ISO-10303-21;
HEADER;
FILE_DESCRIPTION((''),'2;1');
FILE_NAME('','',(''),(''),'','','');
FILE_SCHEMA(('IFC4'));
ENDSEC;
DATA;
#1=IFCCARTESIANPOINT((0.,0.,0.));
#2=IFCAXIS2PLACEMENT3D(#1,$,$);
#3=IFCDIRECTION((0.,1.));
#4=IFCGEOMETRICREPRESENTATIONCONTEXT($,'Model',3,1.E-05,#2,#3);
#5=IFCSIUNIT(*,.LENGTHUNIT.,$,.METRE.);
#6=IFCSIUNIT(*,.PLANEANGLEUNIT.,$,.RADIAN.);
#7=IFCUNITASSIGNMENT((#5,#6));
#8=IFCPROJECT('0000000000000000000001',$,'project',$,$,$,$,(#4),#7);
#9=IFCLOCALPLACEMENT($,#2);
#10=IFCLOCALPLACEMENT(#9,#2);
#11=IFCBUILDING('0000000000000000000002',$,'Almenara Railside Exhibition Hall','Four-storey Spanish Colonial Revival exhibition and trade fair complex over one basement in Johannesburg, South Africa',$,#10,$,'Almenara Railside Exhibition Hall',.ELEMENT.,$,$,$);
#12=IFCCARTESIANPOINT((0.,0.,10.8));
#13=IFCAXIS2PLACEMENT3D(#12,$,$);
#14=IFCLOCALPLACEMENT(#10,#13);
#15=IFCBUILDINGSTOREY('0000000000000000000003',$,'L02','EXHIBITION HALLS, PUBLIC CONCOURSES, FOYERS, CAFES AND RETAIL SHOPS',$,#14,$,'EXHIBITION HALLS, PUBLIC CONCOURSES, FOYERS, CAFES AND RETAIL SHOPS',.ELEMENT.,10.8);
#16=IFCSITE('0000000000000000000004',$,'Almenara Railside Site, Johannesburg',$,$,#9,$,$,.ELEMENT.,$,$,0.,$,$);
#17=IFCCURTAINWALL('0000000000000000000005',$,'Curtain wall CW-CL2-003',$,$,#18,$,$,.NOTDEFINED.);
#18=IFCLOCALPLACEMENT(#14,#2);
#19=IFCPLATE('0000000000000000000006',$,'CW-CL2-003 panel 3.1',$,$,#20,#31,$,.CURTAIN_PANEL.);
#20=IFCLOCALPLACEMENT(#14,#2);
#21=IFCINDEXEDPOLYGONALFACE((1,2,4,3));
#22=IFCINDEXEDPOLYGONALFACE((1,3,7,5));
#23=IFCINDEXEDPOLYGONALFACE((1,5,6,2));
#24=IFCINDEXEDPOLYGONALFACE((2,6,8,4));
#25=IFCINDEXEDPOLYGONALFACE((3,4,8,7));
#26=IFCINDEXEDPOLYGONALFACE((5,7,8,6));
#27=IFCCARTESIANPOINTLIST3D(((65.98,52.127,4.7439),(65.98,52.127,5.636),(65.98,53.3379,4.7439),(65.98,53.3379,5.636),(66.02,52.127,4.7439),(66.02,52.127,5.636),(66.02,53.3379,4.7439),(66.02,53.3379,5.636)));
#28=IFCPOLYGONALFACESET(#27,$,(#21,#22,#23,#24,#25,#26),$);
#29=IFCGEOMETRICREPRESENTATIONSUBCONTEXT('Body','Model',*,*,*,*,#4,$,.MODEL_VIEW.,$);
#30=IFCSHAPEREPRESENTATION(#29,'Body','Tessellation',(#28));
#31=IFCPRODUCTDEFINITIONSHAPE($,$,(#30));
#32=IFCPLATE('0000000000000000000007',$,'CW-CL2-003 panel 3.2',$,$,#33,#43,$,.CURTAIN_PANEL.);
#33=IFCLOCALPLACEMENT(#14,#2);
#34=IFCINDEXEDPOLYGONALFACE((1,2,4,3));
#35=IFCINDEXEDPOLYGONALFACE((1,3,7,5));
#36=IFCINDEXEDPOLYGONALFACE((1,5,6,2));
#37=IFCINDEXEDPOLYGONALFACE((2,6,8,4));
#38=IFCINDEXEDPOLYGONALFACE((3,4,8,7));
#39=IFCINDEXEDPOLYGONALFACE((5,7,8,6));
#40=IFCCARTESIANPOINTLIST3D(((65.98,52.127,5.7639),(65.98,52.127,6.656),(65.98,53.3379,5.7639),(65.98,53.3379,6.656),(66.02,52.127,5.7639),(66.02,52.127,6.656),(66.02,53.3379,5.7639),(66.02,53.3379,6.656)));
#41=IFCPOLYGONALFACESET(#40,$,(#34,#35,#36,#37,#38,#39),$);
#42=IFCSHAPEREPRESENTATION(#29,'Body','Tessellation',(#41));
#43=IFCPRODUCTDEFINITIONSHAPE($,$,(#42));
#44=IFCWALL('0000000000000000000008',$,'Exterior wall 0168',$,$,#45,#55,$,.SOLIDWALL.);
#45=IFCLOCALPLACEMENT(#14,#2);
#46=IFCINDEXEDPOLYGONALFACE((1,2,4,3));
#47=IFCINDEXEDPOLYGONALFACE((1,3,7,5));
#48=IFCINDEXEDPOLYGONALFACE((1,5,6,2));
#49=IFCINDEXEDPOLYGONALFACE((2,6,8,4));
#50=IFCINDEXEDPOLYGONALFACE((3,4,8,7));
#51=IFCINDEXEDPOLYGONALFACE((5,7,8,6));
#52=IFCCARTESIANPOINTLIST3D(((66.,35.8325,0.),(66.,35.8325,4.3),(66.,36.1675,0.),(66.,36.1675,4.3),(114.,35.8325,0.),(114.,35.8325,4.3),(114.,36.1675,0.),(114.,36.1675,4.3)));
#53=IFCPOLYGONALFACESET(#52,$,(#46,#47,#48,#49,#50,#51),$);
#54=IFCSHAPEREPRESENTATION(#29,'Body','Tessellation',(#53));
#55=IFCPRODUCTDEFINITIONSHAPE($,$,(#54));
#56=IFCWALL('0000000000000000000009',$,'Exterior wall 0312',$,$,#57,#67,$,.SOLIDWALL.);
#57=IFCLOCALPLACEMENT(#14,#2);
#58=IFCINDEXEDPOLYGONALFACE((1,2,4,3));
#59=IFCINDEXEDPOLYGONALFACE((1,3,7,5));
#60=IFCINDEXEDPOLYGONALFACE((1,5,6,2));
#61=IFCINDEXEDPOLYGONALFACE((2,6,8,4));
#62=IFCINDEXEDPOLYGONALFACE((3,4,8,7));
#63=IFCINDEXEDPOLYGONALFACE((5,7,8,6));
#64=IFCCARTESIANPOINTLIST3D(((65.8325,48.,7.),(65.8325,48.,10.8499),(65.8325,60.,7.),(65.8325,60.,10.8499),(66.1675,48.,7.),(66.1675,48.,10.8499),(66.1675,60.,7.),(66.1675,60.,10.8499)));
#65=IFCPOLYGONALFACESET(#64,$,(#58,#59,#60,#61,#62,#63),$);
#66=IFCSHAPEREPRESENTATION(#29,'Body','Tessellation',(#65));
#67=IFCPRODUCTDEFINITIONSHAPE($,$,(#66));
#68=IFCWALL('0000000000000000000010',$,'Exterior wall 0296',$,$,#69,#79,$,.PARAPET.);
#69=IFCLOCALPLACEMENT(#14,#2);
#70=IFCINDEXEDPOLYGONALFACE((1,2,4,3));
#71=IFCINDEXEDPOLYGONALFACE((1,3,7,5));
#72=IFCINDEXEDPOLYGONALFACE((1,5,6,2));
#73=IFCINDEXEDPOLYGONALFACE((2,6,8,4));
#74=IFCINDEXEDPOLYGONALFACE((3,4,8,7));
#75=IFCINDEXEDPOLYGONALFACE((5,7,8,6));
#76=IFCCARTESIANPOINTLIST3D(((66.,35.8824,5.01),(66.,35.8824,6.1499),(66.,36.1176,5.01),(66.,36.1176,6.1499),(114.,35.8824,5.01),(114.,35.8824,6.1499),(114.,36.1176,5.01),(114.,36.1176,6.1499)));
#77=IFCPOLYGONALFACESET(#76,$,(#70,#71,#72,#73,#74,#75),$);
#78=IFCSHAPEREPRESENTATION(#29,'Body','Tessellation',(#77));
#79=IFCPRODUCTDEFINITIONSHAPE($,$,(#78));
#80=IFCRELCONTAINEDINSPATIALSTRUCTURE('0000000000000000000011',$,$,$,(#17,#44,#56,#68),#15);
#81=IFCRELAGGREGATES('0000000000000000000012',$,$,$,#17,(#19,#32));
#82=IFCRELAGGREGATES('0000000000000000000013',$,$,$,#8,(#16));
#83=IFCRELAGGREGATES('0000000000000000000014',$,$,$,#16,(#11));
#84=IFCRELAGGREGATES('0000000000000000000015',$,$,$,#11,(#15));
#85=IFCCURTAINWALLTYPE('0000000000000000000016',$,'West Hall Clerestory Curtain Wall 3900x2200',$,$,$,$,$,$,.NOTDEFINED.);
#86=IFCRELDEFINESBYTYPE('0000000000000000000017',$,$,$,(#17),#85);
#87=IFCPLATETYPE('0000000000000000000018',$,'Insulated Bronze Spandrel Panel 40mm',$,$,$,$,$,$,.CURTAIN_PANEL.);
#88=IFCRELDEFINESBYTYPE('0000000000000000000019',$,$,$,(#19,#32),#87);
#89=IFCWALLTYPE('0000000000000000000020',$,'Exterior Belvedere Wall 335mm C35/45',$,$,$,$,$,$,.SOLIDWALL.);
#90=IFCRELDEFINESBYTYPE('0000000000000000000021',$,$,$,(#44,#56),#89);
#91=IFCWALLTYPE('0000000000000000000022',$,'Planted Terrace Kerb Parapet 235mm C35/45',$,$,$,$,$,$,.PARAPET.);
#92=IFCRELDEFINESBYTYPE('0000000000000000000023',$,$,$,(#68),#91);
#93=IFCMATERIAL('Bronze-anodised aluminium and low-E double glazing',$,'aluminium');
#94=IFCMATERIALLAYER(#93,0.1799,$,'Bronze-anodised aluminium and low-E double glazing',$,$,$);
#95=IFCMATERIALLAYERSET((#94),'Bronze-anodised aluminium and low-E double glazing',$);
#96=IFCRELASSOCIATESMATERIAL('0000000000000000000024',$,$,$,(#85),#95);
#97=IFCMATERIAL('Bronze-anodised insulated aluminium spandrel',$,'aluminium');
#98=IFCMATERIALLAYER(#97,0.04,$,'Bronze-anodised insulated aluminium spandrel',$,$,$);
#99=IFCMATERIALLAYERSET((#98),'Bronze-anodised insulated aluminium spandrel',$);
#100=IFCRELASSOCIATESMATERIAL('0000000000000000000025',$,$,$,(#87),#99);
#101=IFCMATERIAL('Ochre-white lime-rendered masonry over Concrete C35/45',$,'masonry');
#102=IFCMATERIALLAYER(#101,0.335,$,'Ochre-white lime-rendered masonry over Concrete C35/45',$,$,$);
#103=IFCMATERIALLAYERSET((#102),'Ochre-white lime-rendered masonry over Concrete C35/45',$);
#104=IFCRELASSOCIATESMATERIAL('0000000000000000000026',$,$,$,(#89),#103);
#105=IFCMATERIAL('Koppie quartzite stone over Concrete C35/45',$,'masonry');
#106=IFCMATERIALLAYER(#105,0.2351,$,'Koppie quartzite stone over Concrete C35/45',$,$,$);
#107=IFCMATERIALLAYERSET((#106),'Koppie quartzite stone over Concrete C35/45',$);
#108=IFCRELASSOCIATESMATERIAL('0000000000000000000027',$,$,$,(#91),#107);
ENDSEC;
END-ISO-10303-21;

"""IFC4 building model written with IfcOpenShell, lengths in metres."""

from ifc_helpers import new_model, si_unit, direction, frame, frame_2d, origin, origin_2d, place, context, subcontext, project, spatial, rectangle, extrude, material, layer, layer_set, type_object, element, aggregate, save


model = new_model("IFC4")

# Units and contexts
model_context = context("Model", 3, precision=1e-05, world=origin(), true_north=direction((0.0, 1.0)))
body_context = subcontext(model_context, "Body", "Model", "MODEL_VIEW")
ifc_project = project(units=[si_unit("LENGTHUNIT", "METRE"), si_unit("PLANEANGLEUNIT", "RADIAN")], contexts=[model_context])

# Site, building, storey
site_placement = place(None, origin())
site = spatial("IfcSite", under=ifc_project, at=site_placement, Name="Almenara Railside Site, Johannesburg", CompositionType="ELEMENT", RefElevation=0.0)
building_placement = place(site_placement, origin())
building = spatial("IfcBuilding", under=site, at=building_placement, Name="Almenara Railside Exhibition Hall", Description="Four-storey Spanish Colonial Revival exhibition and trade fair complex over one basement in Johannesburg, South Africa", LongName="Almenara Railside Exhibition Hall", CompositionType="ELEMENT")
storey_placement = place(building_placement, frame((0.0, 0.0, 10.8)))
storey = spatial("IfcBuildingStorey", under=building, at=storey_placement, Name="L02", Description="EXHIBITION HALLS, PUBLIC CONCOURSES, FOYERS, CAFES AND RETAIL SHOPS", LongName="EXHIBITION HALLS, PUBLIC CONCOURSES, FOYERS, CAFES AND RETAIL SHOPS", CompositionType="ELEMENT", Elevation=10.8)

# Curtain wall, plates
ifc_material_1 = material(Name="Bronze-anodised aluminium and low-E double glazing", Category="aluminium")
ifc_layer_1 = layer(ifc_material_1, 0.1799, Name="Bronze-anodised aluminium and low-E double glazing")
ifc_layer_set_1 = layer_set([ifc_layer_1], Name="Bronze-anodised aluminium and low-E double glazing")
curtain_wall_type = type_object("IfcCurtainWallType", Name="West Hall Clerestory Curtain Wall 3900x2200", PredefinedType="NOTDEFINED", material=ifc_layer_set_1)
curtain_wall_placement = place(storey_placement, origin())
curtain_wall = element("IfcCurtainWall", 1, at=curtain_wall_placement, inside=storey, type_object=curtain_wall_type, Name="Curtain wall CW-CL2-003", PredefinedType="NOTDEFINED")
ifc_material_2 = material(Name="Bronze-anodised insulated aluminium spandrel", Category="aluminium")
ifc_layer_2 = layer(ifc_material_2, 0.04, Name="Bronze-anodised insulated aluminium spandrel")
ifc_layer_set_2 = layer_set([ifc_layer_2], Name="Bronze-anodised insulated aluminium spandrel")
plate_type = type_object("IfcPlateType", Name="Insulated Bronze Spandrel Panel 40mm", PredefinedType="CURTAIN_PANEL", material=ifc_layer_set_2)
plate_1_placement = place(storey_placement, frame((66.0, 52.7324, 4.7439), z_axis=(0.0, 0.0, 1.0), x_axis=(0.0, 1.0, 0.0)))
plate_1 = element("IfcPlate", 2, at=plate_1_placement, type_object=plate_type, Name="CW-CL2-003 panel 3.1", PredefinedType="CURTAIN_PANEL", context=body_context, shape_type="SweptSolid", body=[
    extrude(rectangle(XDim=1.2109, YDim=0.04, at=origin_2d()), origin(), (0.0, 0.0, 1.0), 0.8921),
])
plate_2_placement = place(storey_placement, frame((66.0, 52.7324, 5.7639), z_axis=(0.0, 0.0, 1.0), x_axis=(0.0, 1.0, 0.0)))
plate_2 = element("IfcPlate", 3, at=plate_2_placement, type_object=plate_type, Name="CW-CL2-003 panel 3.2", PredefinedType="CURTAIN_PANEL", context=body_context, shape_type="SweptSolid", body=[
    extrude(rectangle(XDim=1.2109, YDim=0.04, at=origin_2d()), origin(), (0.0, 0.0, 1.0), 0.8921),
])
aggregate(curtain_wall, [plate_1, plate_2])

# Walls
ifc_material_3 = material(Name="Ochre-white lime-rendered masonry over Concrete C35/45", Category="masonry")
ifc_layer_3 = layer(ifc_material_3, 0.335, Name="Ochre-white lime-rendered masonry over Concrete C35/45")
ifc_layer_set_3 = layer_set([ifc_layer_3], Name="Ochre-white lime-rendered masonry over Concrete C35/45")
wall_type_1 = type_object("IfcWallType", Name="Exterior Belvedere Wall 335mm C35/45", PredefinedType="SOLIDWALL", material=ifc_layer_set_3)
wall_1_placement = place(storey_placement, frame((66.0, 36.0, 0.0), z_axis=(0.0, 0.0, 1.0), x_axis=(1.0, 0.0, 0.0)))
element("IfcWall", 4, at=wall_1_placement, inside=storey, type_object=wall_type_1, Name="Exterior wall 0168", PredefinedType="SOLIDWALL", context=body_context, shape_type="SweptSolid", body=[
    extrude(rectangle(XDim=48.0, YDim=0.335, at=frame_2d((24.0, 0.0))), origin(), (0.0, 0.0, 1.0), 4.3),
])
wall_2_placement = place(storey_placement, frame((66.0, 48.0, 7.0), z_axis=(0.0, 0.0, 1.0), x_axis=(0.0, 1.0, 0.0)))
element("IfcWall", 5, at=wall_2_placement, inside=storey, type_object=wall_type_1, Name="Exterior wall 0312", PredefinedType="SOLIDWALL", context=body_context, shape_type="SweptSolid", body=[
    extrude(rectangle(XDim=12.0, YDim=0.335, at=frame_2d((6.0, 0.0))), origin(), (0.0, 0.0, 1.0), 3.8499),
])
ifc_material_4 = material(Name="Koppie quartzite stone over Concrete C35/45", Category="masonry")
ifc_layer_4 = layer(ifc_material_4, 0.2351, Name="Koppie quartzite stone over Concrete C35/45")
ifc_layer_set_4 = layer_set([ifc_layer_4], Name="Koppie quartzite stone over Concrete C35/45")
wall_type_2 = type_object("IfcWallType", Name="Planted Terrace Kerb Parapet 235mm C35/45", PredefinedType="PARAPET", material=ifc_layer_set_4)
wall_3_placement = place(storey_placement, frame((66.0, 36.0, 5.01), z_axis=(0.0, 0.0, 1.0), x_axis=(1.0, 0.0, 0.0)))
element("IfcWall", 6, at=wall_3_placement, inside=storey, type_object=wall_type_2, Name="Exterior wall 0296", PredefinedType="PARAPET", context=body_context, shape_type="SweptSolid", body=[
    extrude(rectangle(XDim=48.0, YDim=0.2351, at=frame_2d((24.0, 0.0))), origin(), (0.0, 0.0, 1.0), 1.1399),
])

save(model, "model.ifc")
